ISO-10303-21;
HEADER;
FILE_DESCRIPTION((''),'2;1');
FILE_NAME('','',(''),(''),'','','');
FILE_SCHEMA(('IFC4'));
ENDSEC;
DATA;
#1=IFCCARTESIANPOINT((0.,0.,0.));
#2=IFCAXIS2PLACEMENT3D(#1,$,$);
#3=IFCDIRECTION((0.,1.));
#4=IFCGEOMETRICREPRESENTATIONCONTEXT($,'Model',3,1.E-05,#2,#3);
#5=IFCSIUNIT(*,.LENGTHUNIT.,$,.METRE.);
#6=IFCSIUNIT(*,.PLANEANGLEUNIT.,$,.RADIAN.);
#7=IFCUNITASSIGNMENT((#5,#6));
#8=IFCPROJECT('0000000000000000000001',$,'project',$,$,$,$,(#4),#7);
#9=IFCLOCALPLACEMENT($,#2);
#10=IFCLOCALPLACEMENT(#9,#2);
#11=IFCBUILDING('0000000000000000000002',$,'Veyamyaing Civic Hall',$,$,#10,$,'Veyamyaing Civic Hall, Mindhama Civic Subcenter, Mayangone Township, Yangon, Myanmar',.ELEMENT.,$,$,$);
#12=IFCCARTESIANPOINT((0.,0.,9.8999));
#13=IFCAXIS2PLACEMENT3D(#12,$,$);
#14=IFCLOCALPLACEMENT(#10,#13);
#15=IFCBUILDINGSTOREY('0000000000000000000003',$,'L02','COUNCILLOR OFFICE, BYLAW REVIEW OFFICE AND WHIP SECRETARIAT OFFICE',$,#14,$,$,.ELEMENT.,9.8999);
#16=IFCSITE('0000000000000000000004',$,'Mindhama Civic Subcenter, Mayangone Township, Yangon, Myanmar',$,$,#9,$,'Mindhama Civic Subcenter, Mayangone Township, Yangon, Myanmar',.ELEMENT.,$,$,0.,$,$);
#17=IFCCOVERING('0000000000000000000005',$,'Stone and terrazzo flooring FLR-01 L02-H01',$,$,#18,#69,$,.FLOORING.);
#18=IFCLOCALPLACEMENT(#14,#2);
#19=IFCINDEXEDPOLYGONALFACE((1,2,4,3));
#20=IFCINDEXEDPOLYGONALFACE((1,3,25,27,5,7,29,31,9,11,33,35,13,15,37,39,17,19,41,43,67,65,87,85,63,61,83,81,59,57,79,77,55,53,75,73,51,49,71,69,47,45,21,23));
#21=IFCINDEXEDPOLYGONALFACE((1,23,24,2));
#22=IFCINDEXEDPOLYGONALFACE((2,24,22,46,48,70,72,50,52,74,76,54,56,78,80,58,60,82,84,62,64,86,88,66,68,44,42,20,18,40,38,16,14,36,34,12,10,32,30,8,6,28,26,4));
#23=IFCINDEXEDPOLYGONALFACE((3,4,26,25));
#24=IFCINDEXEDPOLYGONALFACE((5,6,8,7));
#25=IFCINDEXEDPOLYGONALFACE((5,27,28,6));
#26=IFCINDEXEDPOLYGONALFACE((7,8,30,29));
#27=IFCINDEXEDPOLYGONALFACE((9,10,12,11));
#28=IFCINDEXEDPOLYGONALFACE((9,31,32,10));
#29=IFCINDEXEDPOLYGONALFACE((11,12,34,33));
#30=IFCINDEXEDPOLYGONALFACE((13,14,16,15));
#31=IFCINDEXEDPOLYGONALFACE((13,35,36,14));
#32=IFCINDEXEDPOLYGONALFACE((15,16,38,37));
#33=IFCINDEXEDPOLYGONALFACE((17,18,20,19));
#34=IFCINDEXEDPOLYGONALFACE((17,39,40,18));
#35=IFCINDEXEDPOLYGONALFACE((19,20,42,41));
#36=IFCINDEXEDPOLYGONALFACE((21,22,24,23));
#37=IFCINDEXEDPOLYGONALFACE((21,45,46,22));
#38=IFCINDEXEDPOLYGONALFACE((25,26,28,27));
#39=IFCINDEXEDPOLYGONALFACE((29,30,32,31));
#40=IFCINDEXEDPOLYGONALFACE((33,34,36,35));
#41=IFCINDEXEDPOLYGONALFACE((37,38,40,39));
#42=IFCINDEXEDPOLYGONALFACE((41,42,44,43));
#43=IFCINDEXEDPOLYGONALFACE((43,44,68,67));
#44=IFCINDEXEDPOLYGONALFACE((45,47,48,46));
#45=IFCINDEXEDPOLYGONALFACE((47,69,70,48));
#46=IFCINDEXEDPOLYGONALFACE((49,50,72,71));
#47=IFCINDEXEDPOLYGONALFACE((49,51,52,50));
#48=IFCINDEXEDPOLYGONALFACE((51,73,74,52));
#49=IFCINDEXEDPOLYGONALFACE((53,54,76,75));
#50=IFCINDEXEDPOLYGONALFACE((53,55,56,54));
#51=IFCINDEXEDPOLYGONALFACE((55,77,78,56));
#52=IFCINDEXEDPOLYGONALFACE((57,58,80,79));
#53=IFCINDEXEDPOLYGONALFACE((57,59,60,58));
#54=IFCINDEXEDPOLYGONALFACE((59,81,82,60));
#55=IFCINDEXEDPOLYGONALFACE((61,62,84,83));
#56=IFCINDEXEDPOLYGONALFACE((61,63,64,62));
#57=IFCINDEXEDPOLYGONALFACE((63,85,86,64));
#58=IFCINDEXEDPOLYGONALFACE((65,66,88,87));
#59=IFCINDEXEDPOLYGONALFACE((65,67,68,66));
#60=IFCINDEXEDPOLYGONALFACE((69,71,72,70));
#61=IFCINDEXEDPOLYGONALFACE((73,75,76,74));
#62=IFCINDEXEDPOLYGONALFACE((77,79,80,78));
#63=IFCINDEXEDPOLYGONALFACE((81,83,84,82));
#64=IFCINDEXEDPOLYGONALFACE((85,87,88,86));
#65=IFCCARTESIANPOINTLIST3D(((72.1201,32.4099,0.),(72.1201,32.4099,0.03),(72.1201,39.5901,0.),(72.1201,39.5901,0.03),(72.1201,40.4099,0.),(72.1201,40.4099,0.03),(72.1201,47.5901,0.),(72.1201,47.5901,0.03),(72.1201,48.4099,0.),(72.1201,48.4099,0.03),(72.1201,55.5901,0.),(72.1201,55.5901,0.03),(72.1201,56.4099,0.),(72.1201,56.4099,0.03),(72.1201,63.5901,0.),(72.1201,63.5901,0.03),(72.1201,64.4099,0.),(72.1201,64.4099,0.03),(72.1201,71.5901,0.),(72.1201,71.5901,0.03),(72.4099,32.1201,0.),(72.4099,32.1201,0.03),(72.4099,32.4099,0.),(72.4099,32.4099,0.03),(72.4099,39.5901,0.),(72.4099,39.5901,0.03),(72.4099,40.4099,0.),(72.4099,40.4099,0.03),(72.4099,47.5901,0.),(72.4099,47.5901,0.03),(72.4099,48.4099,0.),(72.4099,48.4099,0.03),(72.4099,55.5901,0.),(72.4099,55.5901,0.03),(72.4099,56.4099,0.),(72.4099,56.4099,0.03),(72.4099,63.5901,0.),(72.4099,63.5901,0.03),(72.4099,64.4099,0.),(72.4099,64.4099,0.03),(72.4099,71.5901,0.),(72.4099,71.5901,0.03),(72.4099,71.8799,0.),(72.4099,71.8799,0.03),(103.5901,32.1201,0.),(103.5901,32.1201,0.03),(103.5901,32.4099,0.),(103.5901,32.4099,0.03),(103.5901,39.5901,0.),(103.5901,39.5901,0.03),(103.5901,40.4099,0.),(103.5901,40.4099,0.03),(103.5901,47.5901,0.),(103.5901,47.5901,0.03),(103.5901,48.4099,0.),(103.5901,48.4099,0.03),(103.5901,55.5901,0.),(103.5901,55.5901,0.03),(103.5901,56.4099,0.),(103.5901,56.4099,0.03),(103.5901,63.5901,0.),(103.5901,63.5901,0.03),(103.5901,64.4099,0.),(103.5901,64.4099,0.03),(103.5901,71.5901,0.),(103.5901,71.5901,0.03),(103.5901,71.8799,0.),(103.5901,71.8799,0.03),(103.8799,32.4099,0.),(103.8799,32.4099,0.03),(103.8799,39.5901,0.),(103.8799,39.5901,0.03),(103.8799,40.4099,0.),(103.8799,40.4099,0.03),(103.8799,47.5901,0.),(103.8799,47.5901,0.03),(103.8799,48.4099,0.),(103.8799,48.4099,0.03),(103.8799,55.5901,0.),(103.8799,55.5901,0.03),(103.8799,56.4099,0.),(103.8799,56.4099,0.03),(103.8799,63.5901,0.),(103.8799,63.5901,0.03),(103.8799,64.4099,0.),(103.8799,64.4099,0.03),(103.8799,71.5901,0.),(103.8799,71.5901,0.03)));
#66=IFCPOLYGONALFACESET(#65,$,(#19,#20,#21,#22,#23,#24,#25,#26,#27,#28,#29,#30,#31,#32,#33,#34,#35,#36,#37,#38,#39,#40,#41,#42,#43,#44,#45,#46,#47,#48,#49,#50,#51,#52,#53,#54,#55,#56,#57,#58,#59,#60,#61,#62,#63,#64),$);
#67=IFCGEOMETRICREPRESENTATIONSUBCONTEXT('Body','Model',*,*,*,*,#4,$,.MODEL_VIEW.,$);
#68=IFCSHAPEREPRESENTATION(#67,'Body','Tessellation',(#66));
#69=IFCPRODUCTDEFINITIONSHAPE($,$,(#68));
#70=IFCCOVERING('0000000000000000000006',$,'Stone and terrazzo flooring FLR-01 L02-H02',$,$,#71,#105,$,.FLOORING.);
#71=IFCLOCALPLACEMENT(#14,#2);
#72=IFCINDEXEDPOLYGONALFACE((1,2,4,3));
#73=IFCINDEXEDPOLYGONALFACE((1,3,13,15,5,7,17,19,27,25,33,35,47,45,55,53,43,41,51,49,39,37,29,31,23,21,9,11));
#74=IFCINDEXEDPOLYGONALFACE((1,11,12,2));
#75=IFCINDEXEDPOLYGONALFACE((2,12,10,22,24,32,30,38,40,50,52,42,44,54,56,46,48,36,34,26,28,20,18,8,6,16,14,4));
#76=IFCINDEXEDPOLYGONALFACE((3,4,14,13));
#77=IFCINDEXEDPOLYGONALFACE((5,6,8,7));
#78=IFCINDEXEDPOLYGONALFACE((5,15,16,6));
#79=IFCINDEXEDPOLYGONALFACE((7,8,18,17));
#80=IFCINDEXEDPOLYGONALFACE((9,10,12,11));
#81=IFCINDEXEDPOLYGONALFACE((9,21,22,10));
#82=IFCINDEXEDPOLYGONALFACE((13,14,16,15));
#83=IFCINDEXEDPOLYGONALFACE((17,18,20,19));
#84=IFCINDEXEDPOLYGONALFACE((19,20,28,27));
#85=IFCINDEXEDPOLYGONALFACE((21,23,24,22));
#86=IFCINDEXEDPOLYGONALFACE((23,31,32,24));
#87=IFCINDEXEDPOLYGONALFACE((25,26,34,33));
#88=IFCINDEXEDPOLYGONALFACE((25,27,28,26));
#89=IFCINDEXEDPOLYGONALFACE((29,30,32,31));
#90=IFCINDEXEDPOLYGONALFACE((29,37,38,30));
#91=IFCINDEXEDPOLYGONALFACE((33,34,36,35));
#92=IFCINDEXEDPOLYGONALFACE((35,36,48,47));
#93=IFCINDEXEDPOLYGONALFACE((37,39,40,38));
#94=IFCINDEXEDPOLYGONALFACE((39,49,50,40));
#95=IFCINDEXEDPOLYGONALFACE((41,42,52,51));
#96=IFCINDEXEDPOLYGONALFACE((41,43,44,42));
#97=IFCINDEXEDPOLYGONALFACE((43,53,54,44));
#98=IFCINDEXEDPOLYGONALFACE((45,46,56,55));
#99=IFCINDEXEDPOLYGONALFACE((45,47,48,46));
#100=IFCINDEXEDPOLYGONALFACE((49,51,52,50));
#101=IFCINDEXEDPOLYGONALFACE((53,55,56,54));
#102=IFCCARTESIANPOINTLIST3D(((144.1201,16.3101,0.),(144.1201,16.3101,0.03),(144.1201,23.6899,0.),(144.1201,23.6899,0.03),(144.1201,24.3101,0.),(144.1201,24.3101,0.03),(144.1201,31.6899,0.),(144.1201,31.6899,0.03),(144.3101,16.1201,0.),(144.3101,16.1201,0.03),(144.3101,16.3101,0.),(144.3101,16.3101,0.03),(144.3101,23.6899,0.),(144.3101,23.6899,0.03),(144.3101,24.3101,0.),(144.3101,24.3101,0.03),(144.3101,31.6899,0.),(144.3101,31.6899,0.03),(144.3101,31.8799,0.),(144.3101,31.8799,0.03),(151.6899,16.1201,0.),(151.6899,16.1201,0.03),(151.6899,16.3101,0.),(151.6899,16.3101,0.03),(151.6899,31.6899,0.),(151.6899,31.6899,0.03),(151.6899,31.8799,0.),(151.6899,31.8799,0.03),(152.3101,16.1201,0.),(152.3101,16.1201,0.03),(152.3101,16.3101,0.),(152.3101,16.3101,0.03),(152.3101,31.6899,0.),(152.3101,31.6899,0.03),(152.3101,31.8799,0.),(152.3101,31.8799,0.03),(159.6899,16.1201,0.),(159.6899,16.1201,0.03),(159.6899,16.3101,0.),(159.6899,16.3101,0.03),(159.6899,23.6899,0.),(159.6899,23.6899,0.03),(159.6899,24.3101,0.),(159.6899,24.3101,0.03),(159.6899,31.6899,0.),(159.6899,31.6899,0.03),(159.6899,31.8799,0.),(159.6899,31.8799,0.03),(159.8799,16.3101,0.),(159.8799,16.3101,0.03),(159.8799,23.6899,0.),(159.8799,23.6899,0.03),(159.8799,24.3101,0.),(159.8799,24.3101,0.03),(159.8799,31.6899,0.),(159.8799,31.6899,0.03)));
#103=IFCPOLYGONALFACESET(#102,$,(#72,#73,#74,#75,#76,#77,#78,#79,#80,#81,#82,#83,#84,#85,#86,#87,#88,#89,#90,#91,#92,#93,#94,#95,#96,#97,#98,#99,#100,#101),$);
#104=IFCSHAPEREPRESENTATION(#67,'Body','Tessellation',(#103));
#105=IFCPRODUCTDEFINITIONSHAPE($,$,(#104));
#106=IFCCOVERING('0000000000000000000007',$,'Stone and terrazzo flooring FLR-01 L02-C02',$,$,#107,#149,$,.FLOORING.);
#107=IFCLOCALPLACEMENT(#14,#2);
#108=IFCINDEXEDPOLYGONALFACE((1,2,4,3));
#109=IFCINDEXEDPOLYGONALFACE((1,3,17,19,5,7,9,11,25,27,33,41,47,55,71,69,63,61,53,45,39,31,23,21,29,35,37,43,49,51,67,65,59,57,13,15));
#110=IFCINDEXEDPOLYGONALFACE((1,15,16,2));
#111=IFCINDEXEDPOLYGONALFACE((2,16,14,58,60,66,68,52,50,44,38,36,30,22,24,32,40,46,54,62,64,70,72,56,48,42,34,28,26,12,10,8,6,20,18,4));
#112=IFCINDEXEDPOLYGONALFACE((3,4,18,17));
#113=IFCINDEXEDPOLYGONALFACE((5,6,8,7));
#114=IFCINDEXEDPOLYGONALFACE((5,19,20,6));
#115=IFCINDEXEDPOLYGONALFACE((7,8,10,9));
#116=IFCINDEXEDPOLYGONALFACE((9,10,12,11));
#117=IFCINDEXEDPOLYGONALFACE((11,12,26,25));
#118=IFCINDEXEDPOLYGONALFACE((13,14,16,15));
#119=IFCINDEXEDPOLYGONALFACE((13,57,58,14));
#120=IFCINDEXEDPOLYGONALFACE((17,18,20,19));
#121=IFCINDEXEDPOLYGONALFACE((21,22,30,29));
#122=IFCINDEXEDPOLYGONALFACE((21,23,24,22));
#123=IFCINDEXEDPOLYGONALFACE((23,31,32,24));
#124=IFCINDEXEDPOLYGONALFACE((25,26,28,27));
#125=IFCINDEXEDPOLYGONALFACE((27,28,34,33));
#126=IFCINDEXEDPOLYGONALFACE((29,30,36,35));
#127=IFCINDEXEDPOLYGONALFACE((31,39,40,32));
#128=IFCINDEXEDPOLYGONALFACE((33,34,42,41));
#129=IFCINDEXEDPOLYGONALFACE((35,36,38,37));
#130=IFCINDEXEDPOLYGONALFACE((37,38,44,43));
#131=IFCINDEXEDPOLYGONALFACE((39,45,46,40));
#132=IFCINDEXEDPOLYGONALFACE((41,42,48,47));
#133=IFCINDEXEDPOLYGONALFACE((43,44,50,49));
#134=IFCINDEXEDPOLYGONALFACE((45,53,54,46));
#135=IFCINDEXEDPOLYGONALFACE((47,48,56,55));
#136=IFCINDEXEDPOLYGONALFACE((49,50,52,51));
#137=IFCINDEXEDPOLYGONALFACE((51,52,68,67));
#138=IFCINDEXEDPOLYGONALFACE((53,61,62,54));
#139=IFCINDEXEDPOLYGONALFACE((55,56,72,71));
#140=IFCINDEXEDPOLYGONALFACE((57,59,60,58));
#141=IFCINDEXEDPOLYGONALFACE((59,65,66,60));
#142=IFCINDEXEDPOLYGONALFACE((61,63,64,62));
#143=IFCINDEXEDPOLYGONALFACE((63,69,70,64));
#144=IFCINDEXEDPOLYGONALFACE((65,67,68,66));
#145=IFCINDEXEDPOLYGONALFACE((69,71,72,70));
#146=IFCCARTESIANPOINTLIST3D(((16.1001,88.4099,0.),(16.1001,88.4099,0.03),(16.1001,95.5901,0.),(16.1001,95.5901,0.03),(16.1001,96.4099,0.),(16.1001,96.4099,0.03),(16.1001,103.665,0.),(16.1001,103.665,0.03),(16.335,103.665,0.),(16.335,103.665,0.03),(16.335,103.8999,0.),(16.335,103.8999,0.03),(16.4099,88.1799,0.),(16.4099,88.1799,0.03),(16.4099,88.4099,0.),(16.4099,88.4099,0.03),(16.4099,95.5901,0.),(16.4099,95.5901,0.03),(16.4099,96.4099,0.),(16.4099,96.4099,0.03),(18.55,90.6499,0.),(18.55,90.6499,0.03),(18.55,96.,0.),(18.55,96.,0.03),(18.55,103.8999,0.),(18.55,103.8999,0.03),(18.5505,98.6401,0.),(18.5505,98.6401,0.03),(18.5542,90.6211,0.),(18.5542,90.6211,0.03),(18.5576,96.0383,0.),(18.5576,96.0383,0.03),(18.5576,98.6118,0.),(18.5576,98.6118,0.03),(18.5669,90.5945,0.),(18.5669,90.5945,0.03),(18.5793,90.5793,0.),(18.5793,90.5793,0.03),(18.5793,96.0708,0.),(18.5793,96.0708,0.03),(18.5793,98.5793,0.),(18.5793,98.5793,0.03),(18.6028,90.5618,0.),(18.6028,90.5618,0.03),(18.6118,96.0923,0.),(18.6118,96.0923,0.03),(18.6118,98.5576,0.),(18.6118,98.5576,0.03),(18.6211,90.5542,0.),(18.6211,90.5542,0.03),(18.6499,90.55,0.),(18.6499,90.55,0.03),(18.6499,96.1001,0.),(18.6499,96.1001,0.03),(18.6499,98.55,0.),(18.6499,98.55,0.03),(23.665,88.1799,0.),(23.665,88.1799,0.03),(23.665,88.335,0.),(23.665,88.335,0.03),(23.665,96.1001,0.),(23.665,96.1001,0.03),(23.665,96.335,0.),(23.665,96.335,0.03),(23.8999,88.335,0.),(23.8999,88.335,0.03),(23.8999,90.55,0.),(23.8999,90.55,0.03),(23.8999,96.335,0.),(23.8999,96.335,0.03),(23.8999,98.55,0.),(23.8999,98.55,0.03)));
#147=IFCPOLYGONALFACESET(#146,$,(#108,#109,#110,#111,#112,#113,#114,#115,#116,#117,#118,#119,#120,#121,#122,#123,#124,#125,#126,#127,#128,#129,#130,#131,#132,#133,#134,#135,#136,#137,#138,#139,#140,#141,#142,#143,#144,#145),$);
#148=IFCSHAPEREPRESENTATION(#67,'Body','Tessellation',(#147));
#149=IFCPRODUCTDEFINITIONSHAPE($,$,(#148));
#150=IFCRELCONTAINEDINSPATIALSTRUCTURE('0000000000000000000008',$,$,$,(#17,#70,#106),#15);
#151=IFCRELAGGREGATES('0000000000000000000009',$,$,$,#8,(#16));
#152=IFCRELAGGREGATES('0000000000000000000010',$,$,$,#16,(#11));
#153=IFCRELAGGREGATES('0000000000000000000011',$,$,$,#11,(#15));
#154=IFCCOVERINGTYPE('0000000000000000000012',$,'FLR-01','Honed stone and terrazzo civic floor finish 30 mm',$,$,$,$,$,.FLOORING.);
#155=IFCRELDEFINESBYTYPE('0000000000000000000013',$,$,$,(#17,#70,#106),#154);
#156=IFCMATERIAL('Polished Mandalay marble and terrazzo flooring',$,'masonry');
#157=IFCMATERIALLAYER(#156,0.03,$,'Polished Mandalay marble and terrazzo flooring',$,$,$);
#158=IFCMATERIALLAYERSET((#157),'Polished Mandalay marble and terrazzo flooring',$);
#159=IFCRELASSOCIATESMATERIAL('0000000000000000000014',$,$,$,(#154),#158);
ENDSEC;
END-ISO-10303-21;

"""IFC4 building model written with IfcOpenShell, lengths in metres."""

from ifc_helpers import new_model, si_unit, direction, frame, origin, place, context, subcontext, project, spatial, polyline, outline, extrude, material, layer, layer_set, type_object, element, save


model = new_model("IFC4")

# Units and contexts
model_context = context("Model", 3, precision=1e-05, world=origin(), true_north=direction((0.0, 1.0)))
body_context = subcontext(model_context, "Body", "Model", "MODEL_VIEW")
ifc_project = project(units=[si_unit("LENGTHUNIT", "METRE"), si_unit("PLANEANGLEUNIT", "RADIAN")], contexts=[model_context])

# Site, building, storey
site_placement = place(None, origin())
site = spatial("IfcSite", under=ifc_project, at=site_placement, Name="Mindhama Civic Subcenter, Mayangone Township, Yangon, Myanmar", LongName="Mindhama Civic Subcenter, Mayangone Township, Yangon, Myanmar", CompositionType="ELEMENT", RefElevation=0.0)
building_placement = place(site_placement, origin())
building = spatial("IfcBuilding", under=site, at=building_placement, Name="Veyamyaing Civic Hall", LongName="Veyamyaing Civic Hall, Mindhama Civic Subcenter, Mayangone Township, Yangon, Myanmar", CompositionType="ELEMENT")
storey_placement = place(building_placement, frame((0.0, 0.0, 9.8999)))
storey = spatial("IfcBuildingStorey", under=building, at=storey_placement, Name="L02", Description="COUNCILLOR OFFICE, BYLAW REVIEW OFFICE AND WHIP SECRETARIAT OFFICE", CompositionType="ELEMENT", Elevation=9.8999)

# Coverings
ifc_material_1 = material(Name="Polished Mandalay marble and terrazzo flooring", Category="masonry")
ifc_layer_1 = layer(ifc_material_1, 0.03, Name="Polished Mandalay marble and terrazzo flooring")
ifc_layer_set_1 = layer_set([ifc_layer_1], Name="Polished Mandalay marble and terrazzo flooring")
covering_type_1 = type_object("IfcCoveringType", Name="FLR-01", Description="Honed stone and terrazzo civic floor finish 30 mm", PredefinedType="FLOORING", material=ifc_layer_set_1)
covering_1_placement = place(storey_placement, origin())
element("IfcCovering", 1, at=covering_1_placement, inside=storey, type_object=covering_type_1, Name="Stone and terrazzo flooring FLR-01 L02-H01", PredefinedType="FLOORING", context=body_context, shape_type="SweptSolid", body=[
    extrude(outline(polyline([(103.5901, 63.5901), (103.8799, 63.5901), (103.8799, 56.4099), (103.5901, 56.4099), (103.5901, 55.5901), (103.8799, 55.5901), (103.8799, 48.4099), (103.5901, 48.4099), (103.5901, 47.5901), (103.8799, 47.5901), (103.8799, 40.4099), (103.5901, 40.4099), (103.5901, 39.5901), (103.8799, 39.5901), (103.8799, 32.4099), (103.5901, 32.4099), (103.5901, 32.1201), (72.4099, 32.1201), (72.4099, 32.4099), (72.1201, 32.4099), (72.1201, 39.5901), (72.4099, 39.5901), (72.4099, 40.4099), (72.1201, 40.4099), (72.1201, 47.5901), (72.4099, 47.5901), (72.4099, 48.4099), (72.1201, 48.4099), (72.1201, 55.5901), (72.4099, 55.5901), (72.4099, 56.4099), (72.1201, 56.4099), (72.1201, 63.5901), (72.4099, 63.5901), (72.4099, 64.4099), (72.1201, 64.4099), (72.1201, 71.5901), (72.4099, 71.5901), (72.4099, 71.8799), (103.5901, 71.8799), (103.5901, 71.5901), (103.8799, 71.5901), (103.8799, 64.4099), (103.5901, 64.4099), (103.5901, 63.5901)])), origin(), (0.0, 0.0, 1.0), 0.03),
])
covering_2_placement = place(storey_placement, origin())
element("IfcCovering", 2, at=covering_2_placement, inside=storey, type_object=covering_type_1, Name="Stone and terrazzo flooring FLR-01 L02-H02", PredefinedType="FLOORING", context=body_context, shape_type="SweptSolid", body=[
    extrude(outline(polyline([(159.6899, 23.6899), (159.8799, 23.6899), (159.8799, 16.3101), (159.6899, 16.3101), (159.6899, 16.1201), (152.3101, 16.1201), (152.3101, 16.3101), (151.6899, 16.3101), (151.6899, 16.1201), (144.3101, 16.1201), (144.3101, 16.3101), (144.1201, 16.3101), (144.1201, 23.6899), (144.3101, 23.6899), (144.3101, 24.3101), (144.1201, 24.3101), (144.1201, 31.6899), (144.3101, 31.6899), (144.3101, 31.8799), (151.6899, 31.8799), (151.6899, 31.6899), (152.3101, 31.6899), (152.3101, 31.8799), (159.6899, 31.8799), (159.6899, 31.6899), (159.8799, 31.6899), (159.8799, 24.3101), (159.6899, 24.3101), (159.6899, 23.6899)])), origin(), (0.0, 0.0, 1.0), 0.03),
])
covering_3_placement = place(storey_placement, origin())
element("IfcCovering", 3, at=covering_3_placement, inside=storey, type_object=covering_type_1, Name="Stone and terrazzo flooring FLR-01 L02-C02", PredefinedType="FLOORING", context=body_context, shape_type="SweptSolid", body=[
    extrude(outline(polyline([(18.5576, 98.6118), (18.5793, 98.5793), (18.6118, 98.5576), (18.6499, 98.55), (23.8999, 98.55), (23.8999, 96.335), (23.665, 96.335), (23.665, 96.1001), (18.6499, 96.1001), (18.6118, 96.0923), (18.5793, 96.0708), (18.5576, 96.0383), (18.55, 96.0), (18.55, 90.6499), (18.5542, 90.6211), (18.5669, 90.5945), (18.5793, 90.5793), (18.6028, 90.5618), (18.6211, 90.5542), (18.6499, 90.55), (23.8999, 90.55), (23.8999, 88.335), (23.665, 88.335), (23.665, 88.1799), (16.4099, 88.1799), (16.4099, 88.4099), (16.1001, 88.4099), (16.1001, 95.5901), (16.4099, 95.5901), (16.4099, 96.4099), (16.1001, 96.4099), (16.1001, 103.665), (16.335, 103.665), (16.335, 103.8999), (18.55, 103.8999), (18.5505, 98.6401), (18.5576, 98.6118)])), origin(), (0.0, 0.0, 1.0), 0.03),
])

save(model, "model.ifc")
